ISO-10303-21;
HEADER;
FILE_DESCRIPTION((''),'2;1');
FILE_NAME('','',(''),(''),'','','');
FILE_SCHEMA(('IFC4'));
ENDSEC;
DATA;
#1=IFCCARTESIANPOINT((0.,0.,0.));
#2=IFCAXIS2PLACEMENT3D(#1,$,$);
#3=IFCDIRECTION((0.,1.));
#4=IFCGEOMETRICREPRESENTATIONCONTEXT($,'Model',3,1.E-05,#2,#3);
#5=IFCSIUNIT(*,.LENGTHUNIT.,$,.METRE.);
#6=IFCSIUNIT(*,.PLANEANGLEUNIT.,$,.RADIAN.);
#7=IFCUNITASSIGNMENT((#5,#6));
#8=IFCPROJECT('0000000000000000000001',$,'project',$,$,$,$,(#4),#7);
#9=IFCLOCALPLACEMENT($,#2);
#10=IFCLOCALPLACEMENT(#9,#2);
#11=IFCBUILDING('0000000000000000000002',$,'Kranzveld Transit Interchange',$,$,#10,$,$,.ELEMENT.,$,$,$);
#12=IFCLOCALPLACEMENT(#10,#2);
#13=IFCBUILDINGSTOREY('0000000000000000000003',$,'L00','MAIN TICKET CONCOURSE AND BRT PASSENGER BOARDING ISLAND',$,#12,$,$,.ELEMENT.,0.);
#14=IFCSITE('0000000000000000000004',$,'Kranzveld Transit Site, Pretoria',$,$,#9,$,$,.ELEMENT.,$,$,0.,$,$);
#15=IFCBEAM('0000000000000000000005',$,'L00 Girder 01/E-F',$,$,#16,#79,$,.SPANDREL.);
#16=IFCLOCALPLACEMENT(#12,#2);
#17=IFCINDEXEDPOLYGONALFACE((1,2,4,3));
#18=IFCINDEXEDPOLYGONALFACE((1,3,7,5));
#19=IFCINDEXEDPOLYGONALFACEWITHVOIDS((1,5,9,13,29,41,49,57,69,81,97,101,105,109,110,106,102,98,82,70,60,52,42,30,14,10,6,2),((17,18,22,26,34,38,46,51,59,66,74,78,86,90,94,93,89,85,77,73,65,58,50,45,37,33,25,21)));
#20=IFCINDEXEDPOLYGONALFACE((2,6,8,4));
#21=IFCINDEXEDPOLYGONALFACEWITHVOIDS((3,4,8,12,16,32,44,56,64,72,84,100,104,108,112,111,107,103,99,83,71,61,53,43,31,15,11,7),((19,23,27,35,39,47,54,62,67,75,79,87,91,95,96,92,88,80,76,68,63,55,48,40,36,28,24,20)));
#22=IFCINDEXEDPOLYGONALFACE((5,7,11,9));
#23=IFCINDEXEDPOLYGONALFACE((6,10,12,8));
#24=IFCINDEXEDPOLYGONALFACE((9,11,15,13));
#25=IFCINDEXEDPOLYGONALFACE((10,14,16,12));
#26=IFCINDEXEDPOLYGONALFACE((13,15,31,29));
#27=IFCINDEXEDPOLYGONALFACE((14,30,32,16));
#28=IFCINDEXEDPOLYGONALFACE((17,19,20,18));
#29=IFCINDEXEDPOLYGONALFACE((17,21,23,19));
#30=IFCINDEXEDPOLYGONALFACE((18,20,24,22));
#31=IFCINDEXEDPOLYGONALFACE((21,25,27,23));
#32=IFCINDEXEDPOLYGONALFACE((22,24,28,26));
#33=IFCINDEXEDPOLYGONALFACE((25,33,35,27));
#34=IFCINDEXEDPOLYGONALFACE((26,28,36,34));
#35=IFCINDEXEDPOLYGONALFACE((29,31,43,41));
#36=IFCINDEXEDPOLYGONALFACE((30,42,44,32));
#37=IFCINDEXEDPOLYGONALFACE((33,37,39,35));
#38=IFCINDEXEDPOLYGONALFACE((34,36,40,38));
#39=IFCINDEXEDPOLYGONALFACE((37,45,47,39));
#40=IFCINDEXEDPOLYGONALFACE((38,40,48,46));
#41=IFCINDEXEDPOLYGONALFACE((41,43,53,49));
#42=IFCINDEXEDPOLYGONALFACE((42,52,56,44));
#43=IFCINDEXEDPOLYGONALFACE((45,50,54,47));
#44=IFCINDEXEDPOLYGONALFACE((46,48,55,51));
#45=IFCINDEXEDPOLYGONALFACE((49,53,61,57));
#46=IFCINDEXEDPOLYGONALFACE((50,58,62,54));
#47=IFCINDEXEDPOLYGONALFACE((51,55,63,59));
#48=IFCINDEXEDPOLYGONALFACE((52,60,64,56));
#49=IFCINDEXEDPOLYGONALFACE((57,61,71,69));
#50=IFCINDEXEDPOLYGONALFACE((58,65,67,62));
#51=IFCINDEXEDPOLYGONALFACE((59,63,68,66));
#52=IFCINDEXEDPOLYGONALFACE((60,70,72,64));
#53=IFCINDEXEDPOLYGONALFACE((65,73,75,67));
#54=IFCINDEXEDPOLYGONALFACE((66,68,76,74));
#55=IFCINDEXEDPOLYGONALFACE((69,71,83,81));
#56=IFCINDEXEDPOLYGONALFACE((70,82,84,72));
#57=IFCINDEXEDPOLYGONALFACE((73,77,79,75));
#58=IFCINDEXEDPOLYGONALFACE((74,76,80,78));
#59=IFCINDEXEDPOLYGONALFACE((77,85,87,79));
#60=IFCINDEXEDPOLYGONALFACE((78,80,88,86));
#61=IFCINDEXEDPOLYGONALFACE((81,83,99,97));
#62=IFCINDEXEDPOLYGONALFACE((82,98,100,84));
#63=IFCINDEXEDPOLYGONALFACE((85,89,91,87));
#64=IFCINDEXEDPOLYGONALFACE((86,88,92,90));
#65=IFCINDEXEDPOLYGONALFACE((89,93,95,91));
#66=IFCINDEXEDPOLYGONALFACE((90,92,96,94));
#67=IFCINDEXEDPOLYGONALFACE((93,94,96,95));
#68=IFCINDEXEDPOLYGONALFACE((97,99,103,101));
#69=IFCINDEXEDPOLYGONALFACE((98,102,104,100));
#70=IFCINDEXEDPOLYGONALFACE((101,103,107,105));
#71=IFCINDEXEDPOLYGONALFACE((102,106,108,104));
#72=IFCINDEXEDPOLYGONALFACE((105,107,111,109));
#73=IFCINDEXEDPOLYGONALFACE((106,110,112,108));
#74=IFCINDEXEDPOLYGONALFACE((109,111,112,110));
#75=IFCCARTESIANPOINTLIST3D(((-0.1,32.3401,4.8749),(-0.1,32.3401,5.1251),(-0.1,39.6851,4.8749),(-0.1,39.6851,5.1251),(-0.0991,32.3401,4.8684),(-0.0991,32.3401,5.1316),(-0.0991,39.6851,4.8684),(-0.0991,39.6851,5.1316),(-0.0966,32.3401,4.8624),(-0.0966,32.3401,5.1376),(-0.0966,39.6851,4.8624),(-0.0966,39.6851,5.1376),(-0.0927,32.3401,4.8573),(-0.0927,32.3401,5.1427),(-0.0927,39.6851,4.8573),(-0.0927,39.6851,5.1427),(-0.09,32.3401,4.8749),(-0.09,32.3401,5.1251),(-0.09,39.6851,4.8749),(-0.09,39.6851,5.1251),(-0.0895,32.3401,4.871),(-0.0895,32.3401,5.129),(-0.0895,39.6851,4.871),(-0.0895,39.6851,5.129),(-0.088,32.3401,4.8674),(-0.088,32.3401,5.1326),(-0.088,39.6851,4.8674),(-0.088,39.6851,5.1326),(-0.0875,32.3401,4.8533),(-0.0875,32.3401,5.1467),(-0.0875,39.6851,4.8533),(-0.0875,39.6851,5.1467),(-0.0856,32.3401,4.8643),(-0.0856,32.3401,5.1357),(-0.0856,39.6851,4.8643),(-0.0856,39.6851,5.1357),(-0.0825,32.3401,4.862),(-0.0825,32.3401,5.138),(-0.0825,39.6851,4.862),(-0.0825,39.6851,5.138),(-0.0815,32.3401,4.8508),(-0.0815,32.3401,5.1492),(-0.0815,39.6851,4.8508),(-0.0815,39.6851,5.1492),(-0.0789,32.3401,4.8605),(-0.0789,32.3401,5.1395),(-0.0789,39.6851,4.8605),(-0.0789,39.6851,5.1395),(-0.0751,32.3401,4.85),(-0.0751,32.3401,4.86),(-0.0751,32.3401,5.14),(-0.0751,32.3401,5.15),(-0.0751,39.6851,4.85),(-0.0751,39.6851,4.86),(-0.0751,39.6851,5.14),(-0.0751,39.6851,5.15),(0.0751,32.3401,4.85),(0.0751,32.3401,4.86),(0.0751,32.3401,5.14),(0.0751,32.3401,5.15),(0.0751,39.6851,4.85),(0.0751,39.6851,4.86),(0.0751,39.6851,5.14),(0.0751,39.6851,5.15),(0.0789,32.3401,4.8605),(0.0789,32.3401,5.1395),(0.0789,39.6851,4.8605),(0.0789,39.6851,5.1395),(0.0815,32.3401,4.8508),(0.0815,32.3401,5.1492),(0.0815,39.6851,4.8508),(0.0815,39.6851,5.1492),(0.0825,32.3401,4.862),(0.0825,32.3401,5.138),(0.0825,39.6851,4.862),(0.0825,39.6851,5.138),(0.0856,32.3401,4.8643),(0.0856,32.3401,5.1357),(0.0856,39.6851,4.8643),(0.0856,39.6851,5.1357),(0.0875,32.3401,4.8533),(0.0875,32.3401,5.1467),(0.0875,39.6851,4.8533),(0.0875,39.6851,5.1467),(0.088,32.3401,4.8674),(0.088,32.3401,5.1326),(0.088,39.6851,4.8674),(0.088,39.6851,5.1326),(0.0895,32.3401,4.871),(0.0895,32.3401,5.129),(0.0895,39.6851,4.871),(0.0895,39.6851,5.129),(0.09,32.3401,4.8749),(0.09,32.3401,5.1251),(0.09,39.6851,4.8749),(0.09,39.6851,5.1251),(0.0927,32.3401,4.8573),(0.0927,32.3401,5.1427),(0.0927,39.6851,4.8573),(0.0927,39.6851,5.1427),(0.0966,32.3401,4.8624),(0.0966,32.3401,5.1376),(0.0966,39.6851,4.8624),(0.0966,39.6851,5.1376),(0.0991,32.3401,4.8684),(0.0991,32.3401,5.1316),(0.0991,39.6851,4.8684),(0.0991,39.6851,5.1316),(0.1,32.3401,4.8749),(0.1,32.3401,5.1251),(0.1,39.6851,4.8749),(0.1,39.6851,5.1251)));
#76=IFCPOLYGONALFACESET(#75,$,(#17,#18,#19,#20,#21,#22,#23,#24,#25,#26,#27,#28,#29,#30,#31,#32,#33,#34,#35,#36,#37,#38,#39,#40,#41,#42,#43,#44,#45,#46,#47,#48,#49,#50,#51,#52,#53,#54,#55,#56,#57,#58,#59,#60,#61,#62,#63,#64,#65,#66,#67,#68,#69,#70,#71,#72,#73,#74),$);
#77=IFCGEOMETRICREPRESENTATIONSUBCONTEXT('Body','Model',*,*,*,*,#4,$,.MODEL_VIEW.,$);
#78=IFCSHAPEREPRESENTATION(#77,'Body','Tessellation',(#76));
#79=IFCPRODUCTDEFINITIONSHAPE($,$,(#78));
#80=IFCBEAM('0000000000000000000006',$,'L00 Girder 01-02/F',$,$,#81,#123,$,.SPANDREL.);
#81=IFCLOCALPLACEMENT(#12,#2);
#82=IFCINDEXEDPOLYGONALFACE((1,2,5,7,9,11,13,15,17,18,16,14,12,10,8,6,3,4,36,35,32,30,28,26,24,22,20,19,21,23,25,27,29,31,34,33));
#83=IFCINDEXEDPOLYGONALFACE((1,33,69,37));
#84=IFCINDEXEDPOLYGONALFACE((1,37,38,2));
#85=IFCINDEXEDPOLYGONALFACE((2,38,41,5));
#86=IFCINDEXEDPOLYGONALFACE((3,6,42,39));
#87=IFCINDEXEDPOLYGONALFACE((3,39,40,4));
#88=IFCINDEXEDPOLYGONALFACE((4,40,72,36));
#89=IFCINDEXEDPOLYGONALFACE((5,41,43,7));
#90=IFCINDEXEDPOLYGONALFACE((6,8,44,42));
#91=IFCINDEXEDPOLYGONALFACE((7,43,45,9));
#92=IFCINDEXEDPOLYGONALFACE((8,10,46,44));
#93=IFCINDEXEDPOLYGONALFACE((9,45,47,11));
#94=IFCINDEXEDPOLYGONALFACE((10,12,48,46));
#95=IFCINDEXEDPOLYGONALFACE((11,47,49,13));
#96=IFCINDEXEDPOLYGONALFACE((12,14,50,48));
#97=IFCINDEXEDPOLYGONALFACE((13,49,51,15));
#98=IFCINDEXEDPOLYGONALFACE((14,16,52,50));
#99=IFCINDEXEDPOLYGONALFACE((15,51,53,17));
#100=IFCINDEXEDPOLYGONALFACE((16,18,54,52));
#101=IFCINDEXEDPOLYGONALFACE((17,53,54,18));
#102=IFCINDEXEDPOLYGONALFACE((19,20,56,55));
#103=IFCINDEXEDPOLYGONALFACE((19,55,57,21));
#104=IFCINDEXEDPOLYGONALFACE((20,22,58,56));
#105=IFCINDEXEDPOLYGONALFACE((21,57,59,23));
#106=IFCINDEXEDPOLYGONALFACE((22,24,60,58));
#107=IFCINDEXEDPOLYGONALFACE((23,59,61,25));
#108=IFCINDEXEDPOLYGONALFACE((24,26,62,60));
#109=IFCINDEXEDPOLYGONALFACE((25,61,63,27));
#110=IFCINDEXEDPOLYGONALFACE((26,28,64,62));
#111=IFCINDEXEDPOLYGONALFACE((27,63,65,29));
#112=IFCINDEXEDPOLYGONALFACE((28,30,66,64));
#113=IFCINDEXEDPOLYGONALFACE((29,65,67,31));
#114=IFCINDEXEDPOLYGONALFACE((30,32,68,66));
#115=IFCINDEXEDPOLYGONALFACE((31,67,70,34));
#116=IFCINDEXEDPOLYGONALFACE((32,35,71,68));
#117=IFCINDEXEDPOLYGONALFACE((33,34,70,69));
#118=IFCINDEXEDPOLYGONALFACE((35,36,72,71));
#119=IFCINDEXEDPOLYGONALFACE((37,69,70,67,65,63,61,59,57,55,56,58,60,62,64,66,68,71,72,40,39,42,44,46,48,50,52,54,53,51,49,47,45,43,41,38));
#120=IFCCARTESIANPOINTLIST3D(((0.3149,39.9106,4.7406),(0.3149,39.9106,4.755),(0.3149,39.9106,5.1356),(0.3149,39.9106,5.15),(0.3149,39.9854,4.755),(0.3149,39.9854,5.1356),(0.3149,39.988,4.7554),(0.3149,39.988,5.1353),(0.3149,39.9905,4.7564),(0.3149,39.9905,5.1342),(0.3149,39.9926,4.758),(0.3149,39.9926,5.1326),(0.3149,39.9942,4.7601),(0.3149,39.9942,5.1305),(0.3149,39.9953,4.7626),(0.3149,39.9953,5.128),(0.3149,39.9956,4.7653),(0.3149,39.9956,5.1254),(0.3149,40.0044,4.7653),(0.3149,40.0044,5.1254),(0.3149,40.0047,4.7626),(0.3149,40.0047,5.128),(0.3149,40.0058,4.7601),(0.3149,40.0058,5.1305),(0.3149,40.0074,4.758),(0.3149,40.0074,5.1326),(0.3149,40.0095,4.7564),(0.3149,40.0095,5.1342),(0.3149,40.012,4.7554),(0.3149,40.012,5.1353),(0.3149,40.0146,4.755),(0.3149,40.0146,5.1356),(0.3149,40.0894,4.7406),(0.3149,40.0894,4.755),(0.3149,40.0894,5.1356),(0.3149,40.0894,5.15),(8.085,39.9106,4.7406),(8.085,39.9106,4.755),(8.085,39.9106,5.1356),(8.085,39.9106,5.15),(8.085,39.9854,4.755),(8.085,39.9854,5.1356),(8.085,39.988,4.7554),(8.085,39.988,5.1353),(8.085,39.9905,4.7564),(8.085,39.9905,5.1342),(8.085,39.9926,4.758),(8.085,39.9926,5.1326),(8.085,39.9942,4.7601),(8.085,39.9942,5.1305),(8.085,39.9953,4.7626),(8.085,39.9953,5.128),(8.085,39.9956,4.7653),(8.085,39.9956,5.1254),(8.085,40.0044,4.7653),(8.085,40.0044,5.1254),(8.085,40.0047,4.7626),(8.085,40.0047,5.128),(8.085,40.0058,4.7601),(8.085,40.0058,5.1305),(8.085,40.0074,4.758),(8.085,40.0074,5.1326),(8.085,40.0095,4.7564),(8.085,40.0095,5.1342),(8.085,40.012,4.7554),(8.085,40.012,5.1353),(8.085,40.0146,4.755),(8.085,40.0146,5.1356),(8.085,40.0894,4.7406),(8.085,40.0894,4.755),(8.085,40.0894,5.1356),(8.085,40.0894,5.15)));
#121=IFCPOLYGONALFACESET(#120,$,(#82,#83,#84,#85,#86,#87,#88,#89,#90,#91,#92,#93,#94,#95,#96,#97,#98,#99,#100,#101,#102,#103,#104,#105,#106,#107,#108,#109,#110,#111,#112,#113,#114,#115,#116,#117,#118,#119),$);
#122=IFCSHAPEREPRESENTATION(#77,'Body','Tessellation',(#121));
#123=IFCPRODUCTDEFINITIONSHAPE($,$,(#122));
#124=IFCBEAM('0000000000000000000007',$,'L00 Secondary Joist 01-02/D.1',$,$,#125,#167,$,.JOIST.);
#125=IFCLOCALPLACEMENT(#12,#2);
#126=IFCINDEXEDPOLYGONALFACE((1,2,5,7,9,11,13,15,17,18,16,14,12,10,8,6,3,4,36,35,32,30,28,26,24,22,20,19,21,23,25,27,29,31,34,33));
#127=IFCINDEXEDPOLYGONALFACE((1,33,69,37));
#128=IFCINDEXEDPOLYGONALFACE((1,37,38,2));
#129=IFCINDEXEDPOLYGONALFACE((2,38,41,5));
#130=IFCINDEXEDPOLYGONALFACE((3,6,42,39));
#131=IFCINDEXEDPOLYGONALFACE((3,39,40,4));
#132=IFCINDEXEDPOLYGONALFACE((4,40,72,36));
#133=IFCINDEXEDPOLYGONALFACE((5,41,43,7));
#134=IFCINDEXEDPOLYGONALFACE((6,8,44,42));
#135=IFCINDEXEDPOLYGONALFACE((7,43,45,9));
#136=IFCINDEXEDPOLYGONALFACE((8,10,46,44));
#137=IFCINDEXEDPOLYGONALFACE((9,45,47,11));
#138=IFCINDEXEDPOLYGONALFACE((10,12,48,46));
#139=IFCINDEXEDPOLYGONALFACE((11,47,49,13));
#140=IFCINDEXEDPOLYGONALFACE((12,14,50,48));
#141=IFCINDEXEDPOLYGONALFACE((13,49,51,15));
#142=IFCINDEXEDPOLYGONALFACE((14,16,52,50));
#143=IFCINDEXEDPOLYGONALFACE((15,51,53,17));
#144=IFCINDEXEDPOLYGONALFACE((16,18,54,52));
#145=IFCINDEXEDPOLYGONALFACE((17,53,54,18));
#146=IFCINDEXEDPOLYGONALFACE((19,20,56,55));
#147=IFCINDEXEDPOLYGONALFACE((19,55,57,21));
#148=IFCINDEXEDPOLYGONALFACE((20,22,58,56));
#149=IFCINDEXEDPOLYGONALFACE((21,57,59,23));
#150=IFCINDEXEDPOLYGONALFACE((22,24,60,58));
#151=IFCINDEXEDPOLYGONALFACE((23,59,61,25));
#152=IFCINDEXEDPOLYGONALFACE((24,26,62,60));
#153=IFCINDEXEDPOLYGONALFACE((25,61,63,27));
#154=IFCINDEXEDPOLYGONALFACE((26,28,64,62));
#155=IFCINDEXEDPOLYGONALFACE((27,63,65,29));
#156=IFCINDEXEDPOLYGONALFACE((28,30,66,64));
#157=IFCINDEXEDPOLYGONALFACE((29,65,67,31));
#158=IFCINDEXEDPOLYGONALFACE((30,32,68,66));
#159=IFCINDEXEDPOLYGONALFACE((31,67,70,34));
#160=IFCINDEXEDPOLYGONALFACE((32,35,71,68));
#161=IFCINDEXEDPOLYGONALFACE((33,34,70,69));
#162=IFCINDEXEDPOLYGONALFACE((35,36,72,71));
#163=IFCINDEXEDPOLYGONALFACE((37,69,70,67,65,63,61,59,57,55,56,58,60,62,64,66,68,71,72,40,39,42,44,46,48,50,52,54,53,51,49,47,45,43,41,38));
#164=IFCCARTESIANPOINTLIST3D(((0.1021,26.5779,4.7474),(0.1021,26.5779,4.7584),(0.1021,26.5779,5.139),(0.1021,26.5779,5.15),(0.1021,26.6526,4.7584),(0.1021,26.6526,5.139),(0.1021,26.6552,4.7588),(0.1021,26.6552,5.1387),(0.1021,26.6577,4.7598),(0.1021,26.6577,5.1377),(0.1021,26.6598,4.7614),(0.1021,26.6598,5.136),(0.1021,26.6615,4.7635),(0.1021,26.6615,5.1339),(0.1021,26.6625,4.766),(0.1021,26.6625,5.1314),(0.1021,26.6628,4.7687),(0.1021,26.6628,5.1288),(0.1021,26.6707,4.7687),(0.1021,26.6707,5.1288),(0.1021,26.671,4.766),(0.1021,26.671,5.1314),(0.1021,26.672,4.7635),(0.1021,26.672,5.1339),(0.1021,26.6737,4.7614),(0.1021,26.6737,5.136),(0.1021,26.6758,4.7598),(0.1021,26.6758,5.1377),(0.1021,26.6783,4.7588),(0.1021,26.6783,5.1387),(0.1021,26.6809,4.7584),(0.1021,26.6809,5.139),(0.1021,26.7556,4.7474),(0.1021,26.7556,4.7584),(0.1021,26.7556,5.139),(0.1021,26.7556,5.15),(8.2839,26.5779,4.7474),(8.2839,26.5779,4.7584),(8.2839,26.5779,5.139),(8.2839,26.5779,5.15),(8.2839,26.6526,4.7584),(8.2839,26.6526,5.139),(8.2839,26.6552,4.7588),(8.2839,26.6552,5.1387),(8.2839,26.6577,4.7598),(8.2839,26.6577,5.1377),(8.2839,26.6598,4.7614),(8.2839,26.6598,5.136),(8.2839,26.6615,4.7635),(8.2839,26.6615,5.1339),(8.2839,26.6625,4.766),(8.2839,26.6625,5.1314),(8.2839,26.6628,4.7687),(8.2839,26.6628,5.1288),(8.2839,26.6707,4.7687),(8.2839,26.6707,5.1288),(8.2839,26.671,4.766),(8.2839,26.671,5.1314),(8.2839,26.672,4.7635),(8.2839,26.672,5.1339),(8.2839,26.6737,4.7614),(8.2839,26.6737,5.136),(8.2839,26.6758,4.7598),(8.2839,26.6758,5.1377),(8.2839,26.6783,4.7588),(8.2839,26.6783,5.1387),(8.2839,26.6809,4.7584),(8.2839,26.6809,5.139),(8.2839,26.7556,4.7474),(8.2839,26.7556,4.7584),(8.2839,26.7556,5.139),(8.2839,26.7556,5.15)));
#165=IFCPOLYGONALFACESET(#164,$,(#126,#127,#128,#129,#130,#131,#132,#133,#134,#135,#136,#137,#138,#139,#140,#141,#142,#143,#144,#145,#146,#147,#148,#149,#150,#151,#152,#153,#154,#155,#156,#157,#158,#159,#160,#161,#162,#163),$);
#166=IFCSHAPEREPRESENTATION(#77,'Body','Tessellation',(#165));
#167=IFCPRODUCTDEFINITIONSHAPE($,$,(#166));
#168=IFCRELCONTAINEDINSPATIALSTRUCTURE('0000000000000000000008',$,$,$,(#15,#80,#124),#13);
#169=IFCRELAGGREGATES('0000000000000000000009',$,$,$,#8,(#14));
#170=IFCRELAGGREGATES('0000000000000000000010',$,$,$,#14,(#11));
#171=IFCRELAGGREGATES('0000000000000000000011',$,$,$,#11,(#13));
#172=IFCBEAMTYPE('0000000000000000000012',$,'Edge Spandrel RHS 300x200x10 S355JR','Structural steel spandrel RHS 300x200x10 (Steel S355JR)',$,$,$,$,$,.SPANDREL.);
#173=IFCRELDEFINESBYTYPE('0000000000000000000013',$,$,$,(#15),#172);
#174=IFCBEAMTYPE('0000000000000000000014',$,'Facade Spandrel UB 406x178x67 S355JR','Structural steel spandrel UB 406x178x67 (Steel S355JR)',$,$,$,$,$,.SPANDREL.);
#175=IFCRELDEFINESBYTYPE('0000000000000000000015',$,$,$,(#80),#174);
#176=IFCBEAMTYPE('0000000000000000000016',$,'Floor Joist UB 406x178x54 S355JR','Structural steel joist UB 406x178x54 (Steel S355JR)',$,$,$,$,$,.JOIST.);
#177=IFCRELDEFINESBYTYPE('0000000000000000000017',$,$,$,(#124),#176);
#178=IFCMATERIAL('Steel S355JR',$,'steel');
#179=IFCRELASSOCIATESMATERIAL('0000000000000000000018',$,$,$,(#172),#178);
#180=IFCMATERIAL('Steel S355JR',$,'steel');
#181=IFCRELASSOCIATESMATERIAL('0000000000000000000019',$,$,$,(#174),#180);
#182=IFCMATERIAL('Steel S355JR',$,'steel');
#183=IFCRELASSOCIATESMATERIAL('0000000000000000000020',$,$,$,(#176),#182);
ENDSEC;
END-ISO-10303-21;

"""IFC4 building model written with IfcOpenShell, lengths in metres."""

from ifc_helpers import new_model, si_unit, direction, frame, origin, origin_2d, place, context, subcontext, project, spatial, hollow_rectangle, i_section, extrude, material, material_profile, profile_set, type_object, element, save


model = new_model("IFC4")

# Units and contexts
model_context = context("Model", 3, precision=1e-05, world=origin(), true_north=direction((0.0, 1.0)))
body_context = subcontext(model_context, "Body", "Model", "MODEL_VIEW")
ifc_project = project(units=[si_unit("LENGTHUNIT", "METRE"), si_unit("PLANEANGLEUNIT", "RADIAN")], contexts=[model_context])

# Site, building, storey
site_placement = place(None, origin())
site = spatial("IfcSite", under=ifc_project, at=site_placement, Name="Kranzveld Transit Site, Pretoria", CompositionType="ELEMENT", RefElevation=0.0)
building_placement = place(site_placement, origin())
building = spatial("IfcBuilding", under=site, at=building_placement, Name="Kranzveld Transit Interchange", CompositionType="ELEMENT")
storey_placement = place(building_placement, origin())
storey = spatial("IfcBuildingStorey", under=building, at=storey_placement, Name="L00", Description="MAIN TICKET CONCOURSE AND BRT PASSENGER BOARDING ISLAND", CompositionType="ELEMENT", Elevation=0.0)

# Beams
ifc_material_1 = material(Name="Steel S355JR", Category="steel")
ifc_material_profile_1 = material_profile(ifc_material_1, hollow_rectangle(XDim=0.2, YDim=0.3, WallThickness=0.01, InnerFilletRadius=0.0149, OuterFilletRadius=0.0249, at=origin_2d()), Name="RHS 300x200x10")
ifc_profile_set_1 = profile_set([ifc_material_profile_1], Name="Steel S355JR")
beam_type_1 = type_object("IfcBeamType", Name="Edge Spandrel RHS 300x200x10 S355JR", Description="Structural steel spandrel RHS 300x200x10 (Steel S355JR)", PredefinedType="SPANDREL", material=ifc_profile_set_1)
beam_1_placement = place(storey_placement, frame((0.0, 32.3401, 5.0), z_axis=(0.0, 1.0, 0.0), x_axis=(-1.0, 0.0, 0.0)))
element("IfcBeam", 1, at=beam_1_placement, inside=storey, type_object=beam_type_1, Name="L00 Girder 01/E-F", PredefinedType="SPANDREL", context=body_context, shape_type="SweptSolid", body=[
    extrude(hollow_rectangle(XDim=0.2, YDim=0.3, WallThickness=0.01, InnerFilletRadius=0.0149, OuterFilletRadius=0.0249, at=origin_2d()), origin(), (0.0, 0.0, 1.0), 7.345),
])
ifc_material_2 = material(Name="Steel S355JR", Category="steel")
ifc_material_profile_2 = material_profile(ifc_material_2, i_section(OverallWidth=0.1787, OverallDepth=0.4094, WebThickness=0.0088, FlangeThickness=0.0144, FilletRadius=0.0103, at=origin_2d()), Name="UB 406x178x67")
ifc_profile_set_2 = profile_set([ifc_material_profile_2], Name="Steel S355JR")
beam_type_2 = type_object("IfcBeamType", Name="Facade Spandrel UB 406x178x67 S355JR", Description="Structural steel spandrel UB 406x178x67 (Steel S355JR)", PredefinedType="SPANDREL", material=ifc_profile_set_2)
beam_2_placement = place(storey_placement, frame((0.3149, 40.0, 4.9453), z_axis=(1.0, 0.0, 0.0), x_axis=(0.0, 1.0, 0.0)))
element("IfcBeam", 2, at=beam_2_placement, inside=storey, type_object=beam_type_2, Name="L00 Girder 01-02/F", PredefinedType="SPANDREL", context=body_context, shape_type="SweptSolid", body=[
    extrude(i_section(OverallWidth=0.1787, OverallDepth=0.4094, WebThickness=0.0088, FlangeThickness=0.0144, FilletRadius=0.0103, at=origin_2d()), origin(), (0.0, 0.0, 1.0), 7.77),
])
ifc_material_3 = material(Name="Steel S355JR", Category="steel")
ifc_material_profile_3 = material_profile(ifc_material_3, i_section(OverallWidth=0.1777, OverallDepth=0.4026, WebThickness=0.0078, FlangeThickness=0.011, FilletRadius=0.0103, at=origin_2d()), Name="UB 406x178x54")
ifc_profile_set_3 = profile_set([ifc_material_profile_3], Name="Steel S355JR")
beam_type_3 = type_object("IfcBeamType", Name="Floor Joist UB 406x178x54 S355JR", Description="Structural steel joist UB 406x178x54 (Steel S355JR)", PredefinedType="JOIST", material=ifc_profile_set_3)
for number, where, z_axis, x_axis, name in (
    (3, (0.1021, 26.6667, 4.9487), (1.0, 0.0, 0.0), (0.0, 1.0, 0.0), "L00 Secondary Joist 01-02/D.1"),
):
    element("IfcBeam", number, at=place(storey_placement, frame(where, z_axis=z_axis, x_axis=x_axis)), inside=storey, type_object=beam_type_3, Name=name, PredefinedType="JOIST", context=body_context, shape_type="SweptSolid", body=[
        extrude(i_section(OverallWidth=0.1777, OverallDepth=0.4026, WebThickness=0.0078, FlangeThickness=0.011, FilletRadius=0.0103, at=origin_2d()), origin(), (0.0, 0.0, 1.0), 8.1819),
    ])

save(model, "model.ifc")
